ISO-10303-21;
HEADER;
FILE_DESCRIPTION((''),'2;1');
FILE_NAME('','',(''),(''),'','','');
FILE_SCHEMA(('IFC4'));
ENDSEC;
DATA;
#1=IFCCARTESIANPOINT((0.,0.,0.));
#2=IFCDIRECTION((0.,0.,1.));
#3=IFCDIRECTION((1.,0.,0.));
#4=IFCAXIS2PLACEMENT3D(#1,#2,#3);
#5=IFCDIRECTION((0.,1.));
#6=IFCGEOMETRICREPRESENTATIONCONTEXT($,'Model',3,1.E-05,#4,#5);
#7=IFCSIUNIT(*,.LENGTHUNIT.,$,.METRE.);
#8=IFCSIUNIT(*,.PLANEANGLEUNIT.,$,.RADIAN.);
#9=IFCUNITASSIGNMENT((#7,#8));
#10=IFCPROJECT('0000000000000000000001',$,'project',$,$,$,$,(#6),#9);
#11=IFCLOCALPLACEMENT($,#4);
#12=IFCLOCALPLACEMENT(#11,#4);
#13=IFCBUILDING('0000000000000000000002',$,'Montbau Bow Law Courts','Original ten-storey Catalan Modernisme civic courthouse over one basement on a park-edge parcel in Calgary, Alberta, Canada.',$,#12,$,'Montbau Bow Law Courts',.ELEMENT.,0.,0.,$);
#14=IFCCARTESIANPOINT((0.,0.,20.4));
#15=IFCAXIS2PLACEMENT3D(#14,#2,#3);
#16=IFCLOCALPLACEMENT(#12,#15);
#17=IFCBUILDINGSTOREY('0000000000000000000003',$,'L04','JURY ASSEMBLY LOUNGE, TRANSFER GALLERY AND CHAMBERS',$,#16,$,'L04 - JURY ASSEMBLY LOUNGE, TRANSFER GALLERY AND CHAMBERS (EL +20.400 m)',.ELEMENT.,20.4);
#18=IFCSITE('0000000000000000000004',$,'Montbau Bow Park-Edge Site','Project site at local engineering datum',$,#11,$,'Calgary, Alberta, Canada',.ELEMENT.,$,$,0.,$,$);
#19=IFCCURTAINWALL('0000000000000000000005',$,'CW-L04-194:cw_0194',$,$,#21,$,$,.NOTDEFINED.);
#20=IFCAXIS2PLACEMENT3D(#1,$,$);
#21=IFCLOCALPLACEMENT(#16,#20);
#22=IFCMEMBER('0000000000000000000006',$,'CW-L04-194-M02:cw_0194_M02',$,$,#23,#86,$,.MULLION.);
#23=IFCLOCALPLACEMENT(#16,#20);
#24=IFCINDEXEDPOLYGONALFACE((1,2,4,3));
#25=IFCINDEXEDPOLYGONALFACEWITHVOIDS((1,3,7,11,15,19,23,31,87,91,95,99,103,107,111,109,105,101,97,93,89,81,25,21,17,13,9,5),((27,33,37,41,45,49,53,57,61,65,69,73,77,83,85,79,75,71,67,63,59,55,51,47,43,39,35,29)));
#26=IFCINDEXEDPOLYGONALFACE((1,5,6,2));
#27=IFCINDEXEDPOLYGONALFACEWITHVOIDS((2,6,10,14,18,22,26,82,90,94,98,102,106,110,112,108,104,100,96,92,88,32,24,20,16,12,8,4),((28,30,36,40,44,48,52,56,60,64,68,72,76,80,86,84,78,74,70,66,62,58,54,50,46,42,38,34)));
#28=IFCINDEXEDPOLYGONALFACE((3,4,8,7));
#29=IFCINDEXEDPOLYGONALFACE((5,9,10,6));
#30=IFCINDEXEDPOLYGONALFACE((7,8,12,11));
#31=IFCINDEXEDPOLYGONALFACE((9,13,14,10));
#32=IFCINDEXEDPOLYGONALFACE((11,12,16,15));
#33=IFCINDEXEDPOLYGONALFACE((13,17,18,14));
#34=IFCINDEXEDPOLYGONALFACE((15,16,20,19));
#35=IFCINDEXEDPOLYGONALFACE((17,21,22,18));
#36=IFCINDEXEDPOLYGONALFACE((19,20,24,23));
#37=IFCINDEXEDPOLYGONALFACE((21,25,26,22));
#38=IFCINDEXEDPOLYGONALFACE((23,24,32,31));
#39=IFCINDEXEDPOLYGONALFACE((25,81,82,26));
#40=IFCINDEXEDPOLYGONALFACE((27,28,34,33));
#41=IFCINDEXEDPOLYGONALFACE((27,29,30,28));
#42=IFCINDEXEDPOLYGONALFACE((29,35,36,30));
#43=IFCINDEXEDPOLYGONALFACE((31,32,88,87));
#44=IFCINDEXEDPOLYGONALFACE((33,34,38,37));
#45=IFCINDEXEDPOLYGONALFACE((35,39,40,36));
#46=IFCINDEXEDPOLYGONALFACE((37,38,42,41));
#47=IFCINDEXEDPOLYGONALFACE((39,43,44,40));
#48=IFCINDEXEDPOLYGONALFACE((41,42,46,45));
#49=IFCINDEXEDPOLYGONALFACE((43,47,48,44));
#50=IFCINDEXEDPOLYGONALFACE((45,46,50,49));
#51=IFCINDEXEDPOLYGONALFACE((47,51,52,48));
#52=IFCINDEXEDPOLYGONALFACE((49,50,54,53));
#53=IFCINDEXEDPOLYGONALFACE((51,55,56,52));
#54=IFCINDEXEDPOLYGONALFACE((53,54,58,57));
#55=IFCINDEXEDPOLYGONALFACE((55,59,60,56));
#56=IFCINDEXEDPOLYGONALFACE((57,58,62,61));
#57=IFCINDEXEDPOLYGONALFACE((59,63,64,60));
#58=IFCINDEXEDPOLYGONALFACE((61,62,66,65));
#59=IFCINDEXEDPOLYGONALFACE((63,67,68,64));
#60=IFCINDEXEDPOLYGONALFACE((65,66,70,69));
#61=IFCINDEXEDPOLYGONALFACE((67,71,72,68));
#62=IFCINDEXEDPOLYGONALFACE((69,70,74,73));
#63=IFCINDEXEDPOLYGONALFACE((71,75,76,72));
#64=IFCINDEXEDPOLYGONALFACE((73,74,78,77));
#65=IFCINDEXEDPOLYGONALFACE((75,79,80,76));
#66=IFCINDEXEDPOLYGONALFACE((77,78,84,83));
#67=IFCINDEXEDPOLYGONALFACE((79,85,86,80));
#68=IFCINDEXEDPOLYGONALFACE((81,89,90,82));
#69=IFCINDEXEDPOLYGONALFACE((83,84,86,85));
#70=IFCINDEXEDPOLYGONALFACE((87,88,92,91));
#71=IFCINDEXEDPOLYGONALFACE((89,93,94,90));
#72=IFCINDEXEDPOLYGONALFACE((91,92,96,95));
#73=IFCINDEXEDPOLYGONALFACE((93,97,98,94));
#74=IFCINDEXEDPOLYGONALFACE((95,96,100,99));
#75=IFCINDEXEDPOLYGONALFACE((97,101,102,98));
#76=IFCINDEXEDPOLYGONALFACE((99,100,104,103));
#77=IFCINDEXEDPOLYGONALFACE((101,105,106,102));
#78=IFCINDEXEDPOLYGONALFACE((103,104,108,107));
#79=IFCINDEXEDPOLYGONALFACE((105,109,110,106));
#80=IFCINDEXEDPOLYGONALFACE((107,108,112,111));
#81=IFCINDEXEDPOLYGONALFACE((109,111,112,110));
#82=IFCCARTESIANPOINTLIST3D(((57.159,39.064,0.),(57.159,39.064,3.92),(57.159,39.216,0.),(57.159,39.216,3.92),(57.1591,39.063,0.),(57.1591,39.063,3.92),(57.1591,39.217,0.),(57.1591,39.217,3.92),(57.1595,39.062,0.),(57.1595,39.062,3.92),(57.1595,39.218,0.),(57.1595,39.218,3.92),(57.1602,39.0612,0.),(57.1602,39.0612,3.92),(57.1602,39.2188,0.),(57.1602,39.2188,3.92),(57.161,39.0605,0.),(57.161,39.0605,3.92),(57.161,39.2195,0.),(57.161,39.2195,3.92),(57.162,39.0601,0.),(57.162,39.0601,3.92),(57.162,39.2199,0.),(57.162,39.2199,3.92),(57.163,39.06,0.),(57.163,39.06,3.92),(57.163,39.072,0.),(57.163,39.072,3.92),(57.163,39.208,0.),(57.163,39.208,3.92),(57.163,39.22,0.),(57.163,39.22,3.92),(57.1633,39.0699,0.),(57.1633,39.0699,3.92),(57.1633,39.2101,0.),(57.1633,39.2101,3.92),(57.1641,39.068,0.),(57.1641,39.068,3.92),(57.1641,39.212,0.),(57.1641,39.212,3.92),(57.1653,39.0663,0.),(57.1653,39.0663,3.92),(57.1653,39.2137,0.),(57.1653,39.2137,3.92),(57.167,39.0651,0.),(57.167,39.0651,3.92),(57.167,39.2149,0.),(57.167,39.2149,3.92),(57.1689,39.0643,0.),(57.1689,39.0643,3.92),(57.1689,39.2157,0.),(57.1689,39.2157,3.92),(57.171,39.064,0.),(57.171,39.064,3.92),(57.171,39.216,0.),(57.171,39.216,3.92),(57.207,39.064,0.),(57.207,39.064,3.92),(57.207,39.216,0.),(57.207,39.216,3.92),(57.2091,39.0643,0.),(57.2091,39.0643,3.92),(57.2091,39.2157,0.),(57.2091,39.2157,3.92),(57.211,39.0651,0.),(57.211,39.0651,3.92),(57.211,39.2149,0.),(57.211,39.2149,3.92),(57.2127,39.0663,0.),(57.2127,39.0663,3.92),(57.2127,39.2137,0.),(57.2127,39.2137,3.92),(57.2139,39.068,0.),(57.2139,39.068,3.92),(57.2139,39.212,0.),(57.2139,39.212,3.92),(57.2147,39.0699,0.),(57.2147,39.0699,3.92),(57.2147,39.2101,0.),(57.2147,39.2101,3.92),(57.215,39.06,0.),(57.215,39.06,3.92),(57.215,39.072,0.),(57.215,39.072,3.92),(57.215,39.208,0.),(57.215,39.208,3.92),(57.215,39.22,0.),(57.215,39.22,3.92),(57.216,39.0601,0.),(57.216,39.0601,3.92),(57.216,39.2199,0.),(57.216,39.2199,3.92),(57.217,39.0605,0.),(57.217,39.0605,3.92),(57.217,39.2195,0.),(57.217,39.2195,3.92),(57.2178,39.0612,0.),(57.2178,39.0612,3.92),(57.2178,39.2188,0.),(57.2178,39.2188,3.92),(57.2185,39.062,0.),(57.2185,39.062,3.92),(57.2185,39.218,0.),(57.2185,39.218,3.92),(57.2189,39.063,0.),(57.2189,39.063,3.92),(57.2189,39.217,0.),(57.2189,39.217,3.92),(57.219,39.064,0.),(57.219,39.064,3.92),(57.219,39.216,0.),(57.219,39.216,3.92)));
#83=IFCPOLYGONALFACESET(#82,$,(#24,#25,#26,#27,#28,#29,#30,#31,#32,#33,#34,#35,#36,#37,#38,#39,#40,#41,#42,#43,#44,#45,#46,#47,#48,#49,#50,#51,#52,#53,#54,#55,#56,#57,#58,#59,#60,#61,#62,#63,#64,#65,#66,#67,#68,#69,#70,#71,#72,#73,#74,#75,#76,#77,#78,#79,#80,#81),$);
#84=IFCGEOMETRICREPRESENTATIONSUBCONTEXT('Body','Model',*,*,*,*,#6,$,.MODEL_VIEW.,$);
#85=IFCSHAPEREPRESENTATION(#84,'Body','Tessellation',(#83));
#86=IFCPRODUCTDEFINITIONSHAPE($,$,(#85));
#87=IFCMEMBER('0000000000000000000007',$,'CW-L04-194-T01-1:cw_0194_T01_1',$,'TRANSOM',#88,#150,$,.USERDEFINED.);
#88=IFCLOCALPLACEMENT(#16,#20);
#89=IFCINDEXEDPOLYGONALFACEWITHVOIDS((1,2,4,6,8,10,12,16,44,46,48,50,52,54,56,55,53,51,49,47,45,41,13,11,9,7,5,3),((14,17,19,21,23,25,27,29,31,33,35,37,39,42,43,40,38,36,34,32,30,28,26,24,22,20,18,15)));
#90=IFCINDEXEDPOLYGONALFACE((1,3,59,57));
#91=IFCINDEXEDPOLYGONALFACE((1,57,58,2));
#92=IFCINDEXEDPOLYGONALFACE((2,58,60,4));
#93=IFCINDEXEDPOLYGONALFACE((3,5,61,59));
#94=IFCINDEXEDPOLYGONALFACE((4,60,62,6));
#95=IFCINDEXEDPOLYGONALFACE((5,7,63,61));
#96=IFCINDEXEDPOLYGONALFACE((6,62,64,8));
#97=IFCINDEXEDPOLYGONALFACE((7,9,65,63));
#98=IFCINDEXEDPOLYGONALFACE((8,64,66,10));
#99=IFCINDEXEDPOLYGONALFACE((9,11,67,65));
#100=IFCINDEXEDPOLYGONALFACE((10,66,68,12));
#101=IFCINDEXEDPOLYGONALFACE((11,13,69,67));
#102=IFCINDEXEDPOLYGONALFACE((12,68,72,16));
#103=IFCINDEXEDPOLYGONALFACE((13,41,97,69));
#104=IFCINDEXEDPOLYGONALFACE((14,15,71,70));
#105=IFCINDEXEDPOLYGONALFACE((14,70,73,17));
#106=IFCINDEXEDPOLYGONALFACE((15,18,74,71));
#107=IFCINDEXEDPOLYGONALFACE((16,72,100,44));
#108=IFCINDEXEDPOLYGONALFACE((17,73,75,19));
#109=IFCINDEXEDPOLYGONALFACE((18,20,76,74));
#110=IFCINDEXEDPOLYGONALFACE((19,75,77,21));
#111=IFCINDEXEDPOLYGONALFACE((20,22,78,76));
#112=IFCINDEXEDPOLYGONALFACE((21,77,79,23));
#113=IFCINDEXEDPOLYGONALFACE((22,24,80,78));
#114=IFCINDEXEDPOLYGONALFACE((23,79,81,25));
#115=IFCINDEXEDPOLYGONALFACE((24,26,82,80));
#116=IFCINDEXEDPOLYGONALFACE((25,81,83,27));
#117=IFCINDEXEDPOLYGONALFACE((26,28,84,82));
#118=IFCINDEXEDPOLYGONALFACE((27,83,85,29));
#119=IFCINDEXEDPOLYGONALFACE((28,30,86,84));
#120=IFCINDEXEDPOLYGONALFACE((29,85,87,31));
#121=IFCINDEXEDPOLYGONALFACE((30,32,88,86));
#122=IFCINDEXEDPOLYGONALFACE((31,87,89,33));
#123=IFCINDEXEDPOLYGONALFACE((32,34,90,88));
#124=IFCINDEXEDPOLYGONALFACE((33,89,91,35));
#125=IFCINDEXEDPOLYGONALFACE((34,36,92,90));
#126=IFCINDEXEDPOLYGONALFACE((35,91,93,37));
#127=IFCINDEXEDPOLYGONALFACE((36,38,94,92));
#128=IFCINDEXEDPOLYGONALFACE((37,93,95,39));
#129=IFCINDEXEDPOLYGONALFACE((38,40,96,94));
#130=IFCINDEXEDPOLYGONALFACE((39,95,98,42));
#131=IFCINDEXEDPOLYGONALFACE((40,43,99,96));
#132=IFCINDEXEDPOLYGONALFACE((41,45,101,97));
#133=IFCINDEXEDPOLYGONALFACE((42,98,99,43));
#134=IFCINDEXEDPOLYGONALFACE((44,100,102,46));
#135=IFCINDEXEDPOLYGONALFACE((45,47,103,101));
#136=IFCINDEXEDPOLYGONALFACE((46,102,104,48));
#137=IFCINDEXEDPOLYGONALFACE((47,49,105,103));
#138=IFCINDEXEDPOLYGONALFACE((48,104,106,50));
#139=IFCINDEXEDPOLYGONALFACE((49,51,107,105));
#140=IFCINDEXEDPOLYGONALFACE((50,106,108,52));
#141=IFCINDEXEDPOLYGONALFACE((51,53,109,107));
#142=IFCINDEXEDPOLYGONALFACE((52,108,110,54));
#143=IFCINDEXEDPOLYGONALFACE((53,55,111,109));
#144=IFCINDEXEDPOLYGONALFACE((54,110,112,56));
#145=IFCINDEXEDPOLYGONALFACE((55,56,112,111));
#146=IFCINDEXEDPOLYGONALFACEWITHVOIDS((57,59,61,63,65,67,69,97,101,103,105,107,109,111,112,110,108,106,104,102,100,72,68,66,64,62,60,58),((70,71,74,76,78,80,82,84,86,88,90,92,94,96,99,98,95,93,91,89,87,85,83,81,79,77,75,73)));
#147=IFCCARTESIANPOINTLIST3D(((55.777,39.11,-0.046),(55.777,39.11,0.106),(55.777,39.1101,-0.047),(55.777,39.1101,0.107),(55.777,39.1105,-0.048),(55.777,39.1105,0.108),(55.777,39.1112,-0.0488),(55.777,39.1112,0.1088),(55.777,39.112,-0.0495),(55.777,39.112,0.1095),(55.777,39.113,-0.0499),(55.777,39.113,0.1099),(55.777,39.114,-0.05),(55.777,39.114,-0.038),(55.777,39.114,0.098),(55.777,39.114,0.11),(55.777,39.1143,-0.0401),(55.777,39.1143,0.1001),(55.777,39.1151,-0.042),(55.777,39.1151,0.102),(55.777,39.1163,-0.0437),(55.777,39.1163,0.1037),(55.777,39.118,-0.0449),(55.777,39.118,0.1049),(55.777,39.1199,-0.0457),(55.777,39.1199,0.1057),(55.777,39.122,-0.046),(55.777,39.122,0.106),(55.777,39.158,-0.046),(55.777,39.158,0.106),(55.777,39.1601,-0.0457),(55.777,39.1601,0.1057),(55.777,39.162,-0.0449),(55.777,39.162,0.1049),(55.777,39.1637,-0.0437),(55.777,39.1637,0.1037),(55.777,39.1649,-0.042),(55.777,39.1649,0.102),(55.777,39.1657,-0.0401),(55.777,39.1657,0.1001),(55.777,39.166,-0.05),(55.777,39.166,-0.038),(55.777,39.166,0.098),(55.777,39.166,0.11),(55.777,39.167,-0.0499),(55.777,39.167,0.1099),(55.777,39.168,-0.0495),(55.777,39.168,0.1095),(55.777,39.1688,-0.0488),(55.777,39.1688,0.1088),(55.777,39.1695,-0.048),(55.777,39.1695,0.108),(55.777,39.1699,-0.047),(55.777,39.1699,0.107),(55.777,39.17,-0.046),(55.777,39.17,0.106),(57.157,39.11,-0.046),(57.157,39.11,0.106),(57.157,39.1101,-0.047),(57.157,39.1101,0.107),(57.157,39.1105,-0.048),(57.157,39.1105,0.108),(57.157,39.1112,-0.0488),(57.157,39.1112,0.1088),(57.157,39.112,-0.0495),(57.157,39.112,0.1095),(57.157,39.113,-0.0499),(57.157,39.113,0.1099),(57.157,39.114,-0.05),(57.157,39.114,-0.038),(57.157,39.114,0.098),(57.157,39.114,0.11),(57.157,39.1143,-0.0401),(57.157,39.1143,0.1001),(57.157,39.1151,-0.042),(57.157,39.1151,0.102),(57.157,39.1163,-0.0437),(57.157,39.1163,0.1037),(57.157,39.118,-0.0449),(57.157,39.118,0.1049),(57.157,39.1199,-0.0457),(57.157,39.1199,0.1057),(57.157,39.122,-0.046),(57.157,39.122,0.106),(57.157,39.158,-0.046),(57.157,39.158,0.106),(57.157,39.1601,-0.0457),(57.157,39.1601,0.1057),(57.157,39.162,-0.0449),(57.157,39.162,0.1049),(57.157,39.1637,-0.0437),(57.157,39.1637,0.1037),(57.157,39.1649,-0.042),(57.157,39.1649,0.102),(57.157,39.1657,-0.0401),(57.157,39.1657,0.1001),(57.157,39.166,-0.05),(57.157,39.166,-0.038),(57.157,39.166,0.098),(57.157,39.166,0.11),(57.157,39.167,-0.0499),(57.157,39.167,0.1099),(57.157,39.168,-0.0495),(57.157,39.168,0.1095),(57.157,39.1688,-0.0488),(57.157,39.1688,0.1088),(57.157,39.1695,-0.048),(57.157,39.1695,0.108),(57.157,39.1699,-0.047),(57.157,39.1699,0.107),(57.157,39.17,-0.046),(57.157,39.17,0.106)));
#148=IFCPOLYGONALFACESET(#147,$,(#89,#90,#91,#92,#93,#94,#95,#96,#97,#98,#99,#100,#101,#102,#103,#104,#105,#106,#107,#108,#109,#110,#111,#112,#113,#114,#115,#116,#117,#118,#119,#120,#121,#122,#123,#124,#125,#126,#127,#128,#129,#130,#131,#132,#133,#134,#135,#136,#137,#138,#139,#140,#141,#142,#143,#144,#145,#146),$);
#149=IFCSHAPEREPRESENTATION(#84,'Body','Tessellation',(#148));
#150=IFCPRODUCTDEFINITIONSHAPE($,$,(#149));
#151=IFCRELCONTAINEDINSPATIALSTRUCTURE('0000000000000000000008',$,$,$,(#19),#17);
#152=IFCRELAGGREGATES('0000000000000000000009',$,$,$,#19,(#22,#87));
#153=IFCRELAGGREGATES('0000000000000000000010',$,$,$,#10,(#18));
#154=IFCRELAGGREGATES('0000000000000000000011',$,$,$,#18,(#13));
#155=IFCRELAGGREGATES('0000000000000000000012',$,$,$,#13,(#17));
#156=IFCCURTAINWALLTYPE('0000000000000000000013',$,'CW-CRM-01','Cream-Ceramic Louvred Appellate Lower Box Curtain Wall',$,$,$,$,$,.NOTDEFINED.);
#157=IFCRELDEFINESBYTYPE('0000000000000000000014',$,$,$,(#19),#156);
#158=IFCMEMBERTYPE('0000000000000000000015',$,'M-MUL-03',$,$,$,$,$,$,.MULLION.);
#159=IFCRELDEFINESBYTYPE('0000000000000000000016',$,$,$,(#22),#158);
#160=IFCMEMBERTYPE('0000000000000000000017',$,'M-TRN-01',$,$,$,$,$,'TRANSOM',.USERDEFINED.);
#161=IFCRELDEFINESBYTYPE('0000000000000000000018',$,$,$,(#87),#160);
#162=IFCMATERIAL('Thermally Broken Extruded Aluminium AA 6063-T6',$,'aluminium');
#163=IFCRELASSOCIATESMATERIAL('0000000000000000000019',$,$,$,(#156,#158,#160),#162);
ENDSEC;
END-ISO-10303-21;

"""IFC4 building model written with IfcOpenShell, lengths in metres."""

from ifc_helpers import new_model, si_unit, direction, frame, origin_with_axes, origin_2d_with_axis, place, context, subcontext, project, spatial, hollow_rectangle, extrude, material, material_profile, profile_set, type_object, element, aggregate, save


model = new_model("IFC4")

# Units and contexts
model_context = context("Model", 3, precision=1e-05, world=origin_with_axes(), true_north=direction((0.0, 1.0)))
body_context = subcontext(model_context, "Body", "Model", "MODEL_VIEW")
ifc_project = project(units=[si_unit("LENGTHUNIT", "METRE"), si_unit("PLANEANGLEUNIT", "RADIAN")], contexts=[model_context])

# Site, building, storey
site_placement = place(None, origin_with_axes())
site = spatial("IfcSite", under=ifc_project, at=site_placement, Name="Montbau Bow Park-Edge Site", Description="Project site at local engineering datum", LongName="Calgary, Alberta, Canada", CompositionType="ELEMENT", RefElevation=0.0)
building_placement = place(site_placement, origin_with_axes())
building = spatial("IfcBuilding", under=site, at=building_placement, Name="Montbau Bow Law Courts", Description="Original ten-storey Catalan Modernisme civic courthouse over one basement on a park-edge parcel in Calgary, Alberta, Canada.", LongName="Montbau Bow Law Courts", CompositionType="ELEMENT", ElevationOfRefHeight=0.0, ElevationOfTerrain=0.0)
storey_placement = place(building_placement, frame((0.0, 0.0, 20.4), z_axis=(0.0, 0.0, 1.0), x_axis=(1.0, 0.0, 0.0)))
storey = spatial("IfcBuildingStorey", under=building, at=storey_placement, Name="L04", Description="JURY ASSEMBLY LOUNGE, TRANSFER GALLERY AND CHAMBERS", LongName="L04 - JURY ASSEMBLY LOUNGE, TRANSFER GALLERY AND CHAMBERS (EL +20.400 m)", CompositionType="ELEMENT", Elevation=20.4)

# Curtain wall, members
ifc_material_1 = material(Name="Thermally Broken Extruded Aluminium AA 6063-T6", Category="aluminium")
curtain_wall_type = type_object("IfcCurtainWallType", Name="CW-CRM-01", Description="Cream-Ceramic Louvred Appellate Lower Box Curtain Wall", PredefinedType="NOTDEFINED", material=ifc_material_1)
curtain_wall_1_placement = place(None, frame((55.715, 39.14, 20.4), z_axis=(0.0, 0.0, 1.0), x_axis=(1.0, 0.0, 0.0)))
curtain_wall_1 = element("IfcCurtainWall", 1, at=curtain_wall_1_placement, inside=storey, type_object=curtain_wall_type, Name="CW-L04-194:cw_0194", PredefinedType="NOTDEFINED")
ifc_material_profile_1 = material_profile(ifc_material_1, hollow_rectangle(XDim=0.06, YDim=0.16, WallThickness=0.004, InnerFilletRadius=0.008, OuterFilletRadius=0.004, at=origin_2d_with_axis()), Name="CWM-160X60", Category="Main", Priority=0)
ifc_profile_set_1 = profile_set([ifc_material_profile_1], Name="Thermally Broken Extruded Aluminium AA 6063-T6")
member_type_1 = type_object("IfcMemberType", Name="M-MUL-03", PredefinedType="MULLION", material=ifc_profile_set_1)
member_1_placement = place(None, frame((57.189, 39.14, 20.4), z_axis=(0.0, 0.0, 1.0), x_axis=(1.0, 0.0, 0.0)))
member_1 = element("IfcMember", 2, at=member_1_placement, type_object=member_type_1, Name="CW-L04-194-M02:cw_0194_M02", PredefinedType="MULLION", context=body_context, shape_type="SweptSolid", body=[
    extrude(hollow_rectangle(XDim=0.06, YDim=0.16, WallThickness=0.004, InnerFilletRadius=0.008, OuterFilletRadius=0.004, at=origin_2d_with_axis()), origin_with_axes(), (0.0, 0.0, 1.0), 3.92),
])
ifc_material_profile_2 = material_profile(ifc_material_1, hollow_rectangle(XDim=0.06, YDim=0.16, WallThickness=0.004, InnerFilletRadius=0.008, OuterFilletRadius=0.004, at=origin_2d_with_axis()), Name="CWT-160X60", Category="Main", Priority=0)
ifc_profile_set_2 = profile_set([ifc_material_profile_2], Name="Thermally Broken Extruded Aluminium AA 6063-T6")
member_type_2 = type_object("IfcMemberType", Name="M-TRN-01", ElementType="TRANSOM", PredefinedType="USERDEFINED", material=ifc_profile_set_2)
member_2_placement = place(None, frame((55.777, 39.14, 20.43), z_axis=(1.0, 0.0, 0.0), x_axis=(0.0, 1.0, 0.0)))
member_2 = element("IfcMember", 3, at=member_2_placement, type_object=member_type_2, Name="CW-L04-194-T01-1:cw_0194_T01_1", ObjectType="TRANSOM", PredefinedType="USERDEFINED", context=body_context, shape_type="SweptSolid", body=[
    extrude(hollow_rectangle(XDim=0.06, YDim=0.16, WallThickness=0.004, InnerFilletRadius=0.008, OuterFilletRadius=0.004, at=origin_2d_with_axis()), origin_with_axes(), (0.0, 0.0, 1.0), 1.38),
])

aggregate(curtain_wall_1, [member_1, member_2])

save(model, "model.ifc")
